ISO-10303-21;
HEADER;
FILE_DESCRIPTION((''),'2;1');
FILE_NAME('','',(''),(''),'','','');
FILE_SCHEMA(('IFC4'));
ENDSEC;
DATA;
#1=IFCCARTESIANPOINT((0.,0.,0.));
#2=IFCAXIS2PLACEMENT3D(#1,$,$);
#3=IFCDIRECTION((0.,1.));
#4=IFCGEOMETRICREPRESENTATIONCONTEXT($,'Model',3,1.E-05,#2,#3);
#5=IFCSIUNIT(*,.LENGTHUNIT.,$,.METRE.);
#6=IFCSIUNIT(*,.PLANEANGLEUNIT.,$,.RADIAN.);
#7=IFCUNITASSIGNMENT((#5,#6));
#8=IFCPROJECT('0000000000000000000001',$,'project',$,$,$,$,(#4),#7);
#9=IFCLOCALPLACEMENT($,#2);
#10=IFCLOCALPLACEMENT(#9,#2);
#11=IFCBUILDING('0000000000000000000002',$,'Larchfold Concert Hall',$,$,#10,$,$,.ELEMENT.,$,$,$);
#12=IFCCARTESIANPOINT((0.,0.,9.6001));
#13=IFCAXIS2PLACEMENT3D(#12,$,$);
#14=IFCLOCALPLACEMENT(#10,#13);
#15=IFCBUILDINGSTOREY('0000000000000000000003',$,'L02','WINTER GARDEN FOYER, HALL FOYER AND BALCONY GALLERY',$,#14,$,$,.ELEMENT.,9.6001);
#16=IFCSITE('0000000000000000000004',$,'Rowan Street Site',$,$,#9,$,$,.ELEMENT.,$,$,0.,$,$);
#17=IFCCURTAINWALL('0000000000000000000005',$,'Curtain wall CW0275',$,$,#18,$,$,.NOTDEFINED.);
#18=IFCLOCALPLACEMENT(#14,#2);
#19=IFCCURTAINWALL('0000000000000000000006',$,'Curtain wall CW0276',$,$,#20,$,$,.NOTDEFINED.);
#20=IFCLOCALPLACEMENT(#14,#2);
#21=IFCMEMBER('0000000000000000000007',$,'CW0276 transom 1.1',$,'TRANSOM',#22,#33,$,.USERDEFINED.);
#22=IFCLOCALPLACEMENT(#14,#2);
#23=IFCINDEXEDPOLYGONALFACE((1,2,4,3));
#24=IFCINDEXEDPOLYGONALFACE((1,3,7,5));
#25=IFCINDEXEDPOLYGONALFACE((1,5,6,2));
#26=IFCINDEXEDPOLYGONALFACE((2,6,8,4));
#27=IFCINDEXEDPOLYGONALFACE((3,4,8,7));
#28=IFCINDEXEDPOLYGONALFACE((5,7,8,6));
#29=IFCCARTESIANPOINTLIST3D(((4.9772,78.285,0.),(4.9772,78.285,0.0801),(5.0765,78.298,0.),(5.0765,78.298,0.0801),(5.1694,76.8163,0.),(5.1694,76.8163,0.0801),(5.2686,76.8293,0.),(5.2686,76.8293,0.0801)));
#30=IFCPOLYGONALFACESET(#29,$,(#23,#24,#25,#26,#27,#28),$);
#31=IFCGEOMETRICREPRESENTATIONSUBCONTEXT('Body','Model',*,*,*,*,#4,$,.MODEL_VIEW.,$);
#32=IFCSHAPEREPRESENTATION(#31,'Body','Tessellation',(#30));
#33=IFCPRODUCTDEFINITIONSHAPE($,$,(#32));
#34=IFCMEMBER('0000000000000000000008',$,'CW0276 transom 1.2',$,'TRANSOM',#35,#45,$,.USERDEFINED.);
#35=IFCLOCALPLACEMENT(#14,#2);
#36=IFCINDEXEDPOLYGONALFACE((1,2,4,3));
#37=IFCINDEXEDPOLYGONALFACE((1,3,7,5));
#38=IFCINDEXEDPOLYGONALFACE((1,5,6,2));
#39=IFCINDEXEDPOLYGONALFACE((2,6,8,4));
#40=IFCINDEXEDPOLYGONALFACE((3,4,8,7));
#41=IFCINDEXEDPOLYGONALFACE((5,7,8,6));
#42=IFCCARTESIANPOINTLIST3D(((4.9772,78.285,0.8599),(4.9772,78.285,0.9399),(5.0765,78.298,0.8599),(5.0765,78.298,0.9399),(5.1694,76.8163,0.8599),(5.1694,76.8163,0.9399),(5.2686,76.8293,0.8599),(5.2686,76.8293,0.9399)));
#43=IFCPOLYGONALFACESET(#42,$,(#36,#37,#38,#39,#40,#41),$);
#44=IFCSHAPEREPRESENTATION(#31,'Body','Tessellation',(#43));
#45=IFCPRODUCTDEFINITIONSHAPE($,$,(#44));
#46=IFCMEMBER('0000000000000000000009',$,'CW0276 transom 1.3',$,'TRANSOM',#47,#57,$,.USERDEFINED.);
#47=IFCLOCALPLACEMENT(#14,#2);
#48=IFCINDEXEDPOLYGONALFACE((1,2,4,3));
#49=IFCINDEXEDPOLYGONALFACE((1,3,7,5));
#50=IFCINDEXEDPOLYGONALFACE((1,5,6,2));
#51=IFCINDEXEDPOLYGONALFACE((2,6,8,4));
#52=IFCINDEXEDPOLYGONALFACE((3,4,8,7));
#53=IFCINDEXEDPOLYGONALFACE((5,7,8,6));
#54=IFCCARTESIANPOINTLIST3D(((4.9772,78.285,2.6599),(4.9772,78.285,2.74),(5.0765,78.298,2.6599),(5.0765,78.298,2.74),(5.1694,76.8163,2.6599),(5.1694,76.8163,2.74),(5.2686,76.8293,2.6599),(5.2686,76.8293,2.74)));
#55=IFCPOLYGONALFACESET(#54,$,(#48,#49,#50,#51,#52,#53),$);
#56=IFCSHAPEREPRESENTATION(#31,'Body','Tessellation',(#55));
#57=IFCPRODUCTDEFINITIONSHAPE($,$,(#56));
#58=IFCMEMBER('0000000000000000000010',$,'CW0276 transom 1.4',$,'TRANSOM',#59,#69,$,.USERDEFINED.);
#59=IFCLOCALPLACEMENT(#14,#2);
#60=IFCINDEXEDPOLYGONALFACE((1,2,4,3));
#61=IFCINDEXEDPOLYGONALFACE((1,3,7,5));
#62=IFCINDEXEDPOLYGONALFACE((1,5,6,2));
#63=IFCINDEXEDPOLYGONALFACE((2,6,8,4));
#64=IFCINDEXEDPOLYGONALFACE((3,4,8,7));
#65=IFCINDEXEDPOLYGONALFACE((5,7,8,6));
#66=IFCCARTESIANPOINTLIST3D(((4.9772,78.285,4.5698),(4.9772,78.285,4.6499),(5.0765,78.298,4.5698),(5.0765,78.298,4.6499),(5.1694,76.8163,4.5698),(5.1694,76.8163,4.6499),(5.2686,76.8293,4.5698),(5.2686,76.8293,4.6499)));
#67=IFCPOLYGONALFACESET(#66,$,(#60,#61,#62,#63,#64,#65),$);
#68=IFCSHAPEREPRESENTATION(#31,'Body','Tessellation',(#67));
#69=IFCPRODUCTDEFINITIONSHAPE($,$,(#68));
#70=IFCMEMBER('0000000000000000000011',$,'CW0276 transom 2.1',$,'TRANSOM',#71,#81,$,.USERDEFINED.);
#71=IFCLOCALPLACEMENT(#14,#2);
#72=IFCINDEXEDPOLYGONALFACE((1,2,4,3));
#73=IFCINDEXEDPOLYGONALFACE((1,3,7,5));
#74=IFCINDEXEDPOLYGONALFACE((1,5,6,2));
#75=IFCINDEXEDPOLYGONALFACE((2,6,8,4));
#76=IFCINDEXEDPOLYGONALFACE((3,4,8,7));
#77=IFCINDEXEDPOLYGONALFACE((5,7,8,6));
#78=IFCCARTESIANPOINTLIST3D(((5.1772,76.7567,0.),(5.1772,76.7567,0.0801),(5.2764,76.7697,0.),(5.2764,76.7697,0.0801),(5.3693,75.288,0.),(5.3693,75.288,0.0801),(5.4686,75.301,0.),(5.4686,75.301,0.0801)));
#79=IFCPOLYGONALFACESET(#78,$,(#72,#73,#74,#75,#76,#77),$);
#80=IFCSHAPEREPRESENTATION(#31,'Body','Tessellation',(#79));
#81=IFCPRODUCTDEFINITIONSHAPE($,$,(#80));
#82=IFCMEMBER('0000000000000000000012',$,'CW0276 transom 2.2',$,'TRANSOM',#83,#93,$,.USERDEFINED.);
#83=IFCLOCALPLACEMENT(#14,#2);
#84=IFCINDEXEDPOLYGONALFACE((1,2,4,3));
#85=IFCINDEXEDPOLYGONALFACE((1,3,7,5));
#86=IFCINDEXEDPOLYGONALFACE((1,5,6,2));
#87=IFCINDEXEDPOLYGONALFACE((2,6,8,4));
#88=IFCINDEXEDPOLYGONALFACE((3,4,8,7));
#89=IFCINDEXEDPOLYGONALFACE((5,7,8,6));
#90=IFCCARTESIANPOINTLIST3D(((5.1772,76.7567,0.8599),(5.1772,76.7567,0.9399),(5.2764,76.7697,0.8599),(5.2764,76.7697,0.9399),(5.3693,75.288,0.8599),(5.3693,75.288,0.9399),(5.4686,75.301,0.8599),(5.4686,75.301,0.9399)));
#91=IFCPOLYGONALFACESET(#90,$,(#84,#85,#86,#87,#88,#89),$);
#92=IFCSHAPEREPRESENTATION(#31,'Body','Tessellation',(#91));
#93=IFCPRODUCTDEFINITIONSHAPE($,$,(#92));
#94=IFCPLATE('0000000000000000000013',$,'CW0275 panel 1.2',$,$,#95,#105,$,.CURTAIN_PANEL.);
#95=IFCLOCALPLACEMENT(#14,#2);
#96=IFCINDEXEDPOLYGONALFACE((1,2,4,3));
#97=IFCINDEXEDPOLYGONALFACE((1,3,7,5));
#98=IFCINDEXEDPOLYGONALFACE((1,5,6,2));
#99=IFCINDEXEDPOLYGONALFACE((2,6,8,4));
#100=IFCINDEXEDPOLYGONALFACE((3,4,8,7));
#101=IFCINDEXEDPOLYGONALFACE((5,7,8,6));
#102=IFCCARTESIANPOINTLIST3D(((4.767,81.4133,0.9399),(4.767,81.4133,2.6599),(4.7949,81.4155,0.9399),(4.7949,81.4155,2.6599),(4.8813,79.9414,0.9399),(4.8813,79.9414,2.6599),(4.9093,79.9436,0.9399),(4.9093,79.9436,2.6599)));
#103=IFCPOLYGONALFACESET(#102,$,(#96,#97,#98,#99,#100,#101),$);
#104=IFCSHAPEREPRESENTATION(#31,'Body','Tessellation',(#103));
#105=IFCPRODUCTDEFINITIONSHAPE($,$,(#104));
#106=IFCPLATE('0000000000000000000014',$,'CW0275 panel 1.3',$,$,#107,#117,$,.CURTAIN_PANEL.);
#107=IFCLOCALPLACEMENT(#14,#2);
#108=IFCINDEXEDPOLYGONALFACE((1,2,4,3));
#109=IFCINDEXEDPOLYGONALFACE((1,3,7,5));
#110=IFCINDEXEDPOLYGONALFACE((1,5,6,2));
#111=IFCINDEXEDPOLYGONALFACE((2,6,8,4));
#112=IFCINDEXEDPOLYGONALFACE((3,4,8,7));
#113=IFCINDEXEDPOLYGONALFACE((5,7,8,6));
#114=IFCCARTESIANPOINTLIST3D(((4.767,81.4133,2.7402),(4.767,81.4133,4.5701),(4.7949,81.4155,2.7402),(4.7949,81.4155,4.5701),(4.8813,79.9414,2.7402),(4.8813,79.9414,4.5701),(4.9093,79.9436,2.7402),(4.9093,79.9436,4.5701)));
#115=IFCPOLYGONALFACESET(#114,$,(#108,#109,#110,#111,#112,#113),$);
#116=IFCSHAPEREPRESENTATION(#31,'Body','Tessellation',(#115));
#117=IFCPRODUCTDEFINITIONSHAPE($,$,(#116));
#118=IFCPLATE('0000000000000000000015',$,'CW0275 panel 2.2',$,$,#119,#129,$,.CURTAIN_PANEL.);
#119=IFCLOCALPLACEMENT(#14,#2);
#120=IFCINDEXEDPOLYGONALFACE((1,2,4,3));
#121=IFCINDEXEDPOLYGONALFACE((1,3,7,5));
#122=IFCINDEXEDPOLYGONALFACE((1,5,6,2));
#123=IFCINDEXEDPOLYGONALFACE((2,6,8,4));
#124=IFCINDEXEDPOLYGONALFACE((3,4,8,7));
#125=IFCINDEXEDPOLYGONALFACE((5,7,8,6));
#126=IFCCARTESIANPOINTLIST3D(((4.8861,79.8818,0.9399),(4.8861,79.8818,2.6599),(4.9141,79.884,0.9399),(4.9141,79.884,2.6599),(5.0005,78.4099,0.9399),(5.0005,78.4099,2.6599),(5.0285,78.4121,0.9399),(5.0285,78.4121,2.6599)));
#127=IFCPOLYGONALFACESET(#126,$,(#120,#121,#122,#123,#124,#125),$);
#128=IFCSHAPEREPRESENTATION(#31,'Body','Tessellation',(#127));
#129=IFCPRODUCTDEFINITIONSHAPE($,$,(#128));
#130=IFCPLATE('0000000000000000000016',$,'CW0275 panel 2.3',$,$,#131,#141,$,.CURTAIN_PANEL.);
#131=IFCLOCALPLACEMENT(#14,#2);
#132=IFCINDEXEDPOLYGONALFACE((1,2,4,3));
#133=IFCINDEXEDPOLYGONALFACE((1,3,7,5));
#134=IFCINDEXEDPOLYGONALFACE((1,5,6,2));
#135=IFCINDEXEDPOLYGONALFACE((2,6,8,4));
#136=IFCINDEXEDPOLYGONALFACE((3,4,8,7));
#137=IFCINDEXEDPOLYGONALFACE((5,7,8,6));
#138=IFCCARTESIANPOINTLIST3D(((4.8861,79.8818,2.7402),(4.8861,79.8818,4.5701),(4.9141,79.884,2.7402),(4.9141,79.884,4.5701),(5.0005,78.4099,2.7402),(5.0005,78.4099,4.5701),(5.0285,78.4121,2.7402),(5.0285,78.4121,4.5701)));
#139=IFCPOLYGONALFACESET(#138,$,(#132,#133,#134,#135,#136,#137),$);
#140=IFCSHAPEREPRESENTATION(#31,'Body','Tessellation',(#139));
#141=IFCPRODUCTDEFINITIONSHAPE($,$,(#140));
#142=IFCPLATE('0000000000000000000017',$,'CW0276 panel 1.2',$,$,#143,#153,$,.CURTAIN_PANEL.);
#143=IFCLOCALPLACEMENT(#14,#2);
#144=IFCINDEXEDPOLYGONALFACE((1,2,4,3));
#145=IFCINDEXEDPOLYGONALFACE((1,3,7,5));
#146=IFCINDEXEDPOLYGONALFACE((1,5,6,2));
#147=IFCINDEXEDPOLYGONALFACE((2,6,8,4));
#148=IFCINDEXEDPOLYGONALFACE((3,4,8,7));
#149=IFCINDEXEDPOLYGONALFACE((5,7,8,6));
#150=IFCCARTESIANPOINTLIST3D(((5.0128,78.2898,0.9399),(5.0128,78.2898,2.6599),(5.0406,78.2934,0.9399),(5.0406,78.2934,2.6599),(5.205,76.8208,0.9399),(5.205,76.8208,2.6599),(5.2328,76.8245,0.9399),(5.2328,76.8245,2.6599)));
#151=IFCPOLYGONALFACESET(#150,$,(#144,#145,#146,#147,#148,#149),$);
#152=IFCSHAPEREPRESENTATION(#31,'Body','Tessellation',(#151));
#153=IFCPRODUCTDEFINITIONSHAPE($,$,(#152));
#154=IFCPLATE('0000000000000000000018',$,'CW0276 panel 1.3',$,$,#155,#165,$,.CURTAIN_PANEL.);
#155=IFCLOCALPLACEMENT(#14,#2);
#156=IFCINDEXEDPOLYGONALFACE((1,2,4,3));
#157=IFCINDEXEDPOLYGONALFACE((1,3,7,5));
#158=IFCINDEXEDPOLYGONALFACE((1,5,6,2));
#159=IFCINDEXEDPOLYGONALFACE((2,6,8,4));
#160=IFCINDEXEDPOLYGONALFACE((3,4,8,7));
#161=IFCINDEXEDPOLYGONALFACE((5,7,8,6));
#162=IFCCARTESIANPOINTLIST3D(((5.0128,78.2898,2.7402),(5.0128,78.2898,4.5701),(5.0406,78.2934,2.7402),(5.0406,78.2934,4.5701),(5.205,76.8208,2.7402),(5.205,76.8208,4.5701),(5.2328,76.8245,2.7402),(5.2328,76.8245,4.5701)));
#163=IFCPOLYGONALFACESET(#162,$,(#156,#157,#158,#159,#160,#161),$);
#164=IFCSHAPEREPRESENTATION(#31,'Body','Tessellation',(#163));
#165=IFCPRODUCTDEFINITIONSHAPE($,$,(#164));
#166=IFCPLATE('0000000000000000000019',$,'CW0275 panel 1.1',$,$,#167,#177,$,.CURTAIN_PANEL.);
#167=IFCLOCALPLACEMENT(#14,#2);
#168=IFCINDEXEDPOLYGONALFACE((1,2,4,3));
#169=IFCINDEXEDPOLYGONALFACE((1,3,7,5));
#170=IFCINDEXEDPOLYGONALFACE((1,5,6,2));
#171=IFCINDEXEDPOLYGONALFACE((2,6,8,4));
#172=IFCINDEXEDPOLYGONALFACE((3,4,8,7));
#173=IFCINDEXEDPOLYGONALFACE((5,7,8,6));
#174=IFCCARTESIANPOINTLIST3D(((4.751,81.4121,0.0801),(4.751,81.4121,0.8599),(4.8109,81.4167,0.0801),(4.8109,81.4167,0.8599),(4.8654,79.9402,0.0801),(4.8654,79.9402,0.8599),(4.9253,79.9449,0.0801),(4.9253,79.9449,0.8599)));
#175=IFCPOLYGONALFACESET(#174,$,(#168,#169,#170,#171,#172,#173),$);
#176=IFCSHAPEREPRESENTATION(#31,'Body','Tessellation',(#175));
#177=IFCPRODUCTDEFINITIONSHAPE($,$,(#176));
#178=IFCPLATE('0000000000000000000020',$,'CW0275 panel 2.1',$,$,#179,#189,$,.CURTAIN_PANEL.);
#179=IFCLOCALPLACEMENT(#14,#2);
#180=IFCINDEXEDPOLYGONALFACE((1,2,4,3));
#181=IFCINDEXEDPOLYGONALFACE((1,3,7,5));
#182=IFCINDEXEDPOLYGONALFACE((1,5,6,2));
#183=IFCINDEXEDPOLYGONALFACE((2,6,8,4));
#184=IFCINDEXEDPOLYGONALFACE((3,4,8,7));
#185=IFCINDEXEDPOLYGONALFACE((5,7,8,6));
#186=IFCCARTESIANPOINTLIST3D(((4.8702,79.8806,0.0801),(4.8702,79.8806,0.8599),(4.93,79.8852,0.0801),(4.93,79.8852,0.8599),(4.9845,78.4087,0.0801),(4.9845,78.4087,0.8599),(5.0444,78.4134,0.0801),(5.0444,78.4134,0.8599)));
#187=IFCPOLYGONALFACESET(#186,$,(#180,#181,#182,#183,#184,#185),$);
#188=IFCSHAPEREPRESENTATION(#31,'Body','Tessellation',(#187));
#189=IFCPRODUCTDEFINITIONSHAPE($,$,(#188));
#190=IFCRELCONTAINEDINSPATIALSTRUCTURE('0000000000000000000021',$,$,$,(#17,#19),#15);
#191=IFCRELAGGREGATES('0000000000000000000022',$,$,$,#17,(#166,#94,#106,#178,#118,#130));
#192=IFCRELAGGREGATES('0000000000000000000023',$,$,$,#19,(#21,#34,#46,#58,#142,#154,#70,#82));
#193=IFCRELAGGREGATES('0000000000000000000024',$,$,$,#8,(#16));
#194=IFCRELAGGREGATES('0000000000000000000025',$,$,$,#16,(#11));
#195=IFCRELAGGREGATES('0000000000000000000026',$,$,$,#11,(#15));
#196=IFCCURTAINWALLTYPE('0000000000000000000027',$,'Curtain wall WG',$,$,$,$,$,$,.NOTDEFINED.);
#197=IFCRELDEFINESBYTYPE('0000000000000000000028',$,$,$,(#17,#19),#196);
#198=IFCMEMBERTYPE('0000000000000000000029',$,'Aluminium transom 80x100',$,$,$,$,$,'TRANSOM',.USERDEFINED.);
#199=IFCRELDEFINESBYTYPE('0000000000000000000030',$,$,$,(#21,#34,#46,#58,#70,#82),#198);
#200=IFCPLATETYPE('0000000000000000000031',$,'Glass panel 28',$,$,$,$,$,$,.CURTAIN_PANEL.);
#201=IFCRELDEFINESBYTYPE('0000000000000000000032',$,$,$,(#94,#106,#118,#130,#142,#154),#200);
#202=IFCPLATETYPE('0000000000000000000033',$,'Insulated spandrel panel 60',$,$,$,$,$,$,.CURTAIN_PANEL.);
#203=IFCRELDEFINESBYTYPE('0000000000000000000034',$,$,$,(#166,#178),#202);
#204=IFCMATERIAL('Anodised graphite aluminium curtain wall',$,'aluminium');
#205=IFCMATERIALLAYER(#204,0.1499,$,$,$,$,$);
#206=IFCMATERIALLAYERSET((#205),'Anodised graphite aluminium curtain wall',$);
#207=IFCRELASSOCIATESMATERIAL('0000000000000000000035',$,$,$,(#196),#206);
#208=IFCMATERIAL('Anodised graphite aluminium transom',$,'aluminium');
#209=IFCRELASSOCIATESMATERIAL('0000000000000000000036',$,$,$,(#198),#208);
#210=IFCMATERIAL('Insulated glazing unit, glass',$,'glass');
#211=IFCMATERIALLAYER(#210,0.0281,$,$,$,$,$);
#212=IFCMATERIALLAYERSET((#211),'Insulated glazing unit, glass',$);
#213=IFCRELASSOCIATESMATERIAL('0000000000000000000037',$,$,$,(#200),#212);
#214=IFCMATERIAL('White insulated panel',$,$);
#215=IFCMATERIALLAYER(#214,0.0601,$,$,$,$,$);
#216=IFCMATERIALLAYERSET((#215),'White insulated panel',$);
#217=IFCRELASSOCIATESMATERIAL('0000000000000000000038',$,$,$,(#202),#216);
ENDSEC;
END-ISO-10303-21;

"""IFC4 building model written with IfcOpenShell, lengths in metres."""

from ifc_helpers import new_model, si_unit, direction, frame, origin, origin_2d, place, context, subcontext, project, spatial, rectangle, extrude, material, layer, layer_set, material_profile, profile_set, type_object, element, aggregate, save


model = new_model("IFC4")

# Units and contexts
model_context = context("Model", 3, precision=1e-05, world=origin(), true_north=direction((0.0, 1.0)))
body_context = subcontext(model_context, "Body", "Model", "MODEL_VIEW")
ifc_project = project(units=[si_unit("LENGTHUNIT", "METRE"), si_unit("PLANEANGLEUNIT", "RADIAN")], contexts=[model_context])

# Site, building, storey
site_placement = place(None, origin())
site = spatial("IfcSite", under=ifc_project, at=site_placement, Name="Rowan Street Site", CompositionType="ELEMENT", RefElevation=0.0)
building_placement = place(site_placement, origin())
building = spatial("IfcBuilding", under=site, at=building_placement, Name="Larchfold Concert Hall", CompositionType="ELEMENT")
storey_placement = place(building_placement, frame((0.0, 0.0, 9.6001)))
storey = spatial("IfcBuildingStorey", under=building, at=storey_placement, Name="L02", Description="WINTER GARDEN FOYER, HALL FOYER AND BALCONY GALLERY", CompositionType="ELEMENT", Elevation=9.6001)

# Shared definitions
ifc_material_1 = material(Name="Anodised graphite aluminium curtain wall", Category="aluminium")
ifc_layer_1 = layer(ifc_material_1, 0.1499)
ifc_layer_set_1 = layer_set([ifc_layer_1], Name="Anodised graphite aluminium curtain wall")
curtain_wall_type = type_object("IfcCurtainWallType", Name="Curtain wall WG", PredefinedType="NOTDEFINED", material=ifc_layer_set_1)

# Curtain walls
curtain_wall_1_placement = place(storey_placement, origin())
curtain_wall_1 = element("IfcCurtainWall", 1, at=curtain_wall_1_placement, inside=storey, type_object=curtain_wall_type, Name="Curtain wall CW0275", PredefinedType="NOTDEFINED")
curtain_wall_2_placement = place(storey_placement, origin())
curtain_wall_2 = element("IfcCurtainWall", 2, at=curtain_wall_2_placement, inside=storey, type_object=curtain_wall_type, Name="Curtain wall CW0276", PredefinedType="NOTDEFINED")

# Members
ifc_material_2 = material(Name="Anodised graphite aluminium transom", Category="aluminium")
ifc_material_profile_1 = material_profile(ifc_material_2, rectangle(XDim=0.1001, YDim=0.0801, at=origin_2d()))
ifc_profile_set_1 = profile_set([ifc_material_profile_1], Name="Anodised graphite aluminium transom")
member_type_1 = type_object("IfcMemberType", Name="Aluminium transom 80x100", ElementType="TRANSOM", PredefinedType="USERDEFINED", material=ifc_profile_set_1)
member_1_placement = place(storey_placement, frame((5.0269, 78.2915, 0.04), z_axis=(0.129713, -0.991552, 0.0), x_axis=(0.991552, 0.129713, 0.0)))
member_1 = element("IfcMember", 3, at=member_1_placement, type_object=member_type_1, Name="CW0276 transom 1.1", ObjectType="TRANSOM", PredefinedType="USERDEFINED", context=body_context, shape_type="SweptSolid", body=[
    extrude(rectangle(XDim=0.1001, YDim=0.0801, at=origin_2d()), origin(), (0.0, 0.0, 1.0), 1.4812),
])
member_2_placement = place(storey_placement, frame((5.0269, 78.2915, 0.8999), z_axis=(0.129713, -0.991552, 0.0), x_axis=(0.991552, 0.129713, 0.0)))
member_2 = element("IfcMember", 4, at=member_2_placement, type_object=member_type_1, Name="CW0276 transom 1.2", ObjectType="TRANSOM", PredefinedType="USERDEFINED", context=body_context, shape_type="SweptSolid", body=[
    extrude(rectangle(XDim=0.1001, YDim=0.0801, at=origin_2d()), origin(), (0.0, 0.0, 1.0), 1.4812),
])
member_3_placement = place(storey_placement, frame((5.0269, 78.2915, 2.7), z_axis=(0.129713, -0.991552, 0.0), x_axis=(0.991552, 0.129713, 0.0)))
member_3 = element("IfcMember", 5, at=member_3_placement, type_object=member_type_1, Name="CW0276 transom 1.3", ObjectType="TRANSOM", PredefinedType="USERDEFINED", context=body_context, shape_type="SweptSolid", body=[
    extrude(rectangle(XDim=0.1001, YDim=0.0801, at=origin_2d()), origin(), (0.0, 0.0, 1.0), 1.4812),
])
member_4_placement = place(storey_placement, frame((5.0269, 78.2915, 4.6099), z_axis=(0.129713, -0.991552, 0.0), x_axis=(0.991552, 0.129713, 0.0)))
member_4 = element("IfcMember", 6, at=member_4_placement, type_object=member_type_1, Name="CW0276 transom 1.4", ObjectType="TRANSOM", PredefinedType="USERDEFINED", context=body_context, shape_type="SweptSolid", body=[
    extrude(rectangle(XDim=0.1001, YDim=0.0801, at=origin_2d()), origin(), (0.0, 0.0, 1.0), 1.4812),
])
member_5_placement = place(storey_placement, frame((5.2268, 76.7632, 0.04), z_axis=(0.129713, -0.991552, 0.0), x_axis=(0.991552, 0.129713, 0.0)))
member_5 = element("IfcMember", 7, at=member_5_placement, type_object=member_type_1, Name="CW0276 transom 2.1", ObjectType="TRANSOM", PredefinedType="USERDEFINED", context=body_context, shape_type="SweptSolid", body=[
    extrude(rectangle(XDim=0.1001, YDim=0.0801, at=origin_2d()), origin(), (0.0, 0.0, 1.0), 1.4812),
])
member_6_placement = place(storey_placement, frame((5.2268, 76.7632, 0.8999), z_axis=(0.129713, -0.991552, 0.0), x_axis=(0.991552, 0.129713, 0.0)))
member_6 = element("IfcMember", 8, at=member_6_placement, type_object=member_type_1, Name="CW0276 transom 2.2", ObjectType="TRANSOM", PredefinedType="USERDEFINED", context=body_context, shape_type="SweptSolid", body=[
    extrude(rectangle(XDim=0.1001, YDim=0.0801, at=origin_2d()), origin(), (0.0, 0.0, 1.0), 1.4812),
])

# Plates
ifc_material_3 = material(Name="Insulated glazing unit, glass", Category="glass")
ifc_layer_2 = layer(ifc_material_3, 0.0281)
ifc_layer_set_2 = layer_set([ifc_layer_2], Name="Insulated glazing unit, glass")
plate_type_1 = type_object("IfcPlateType", Name="Glass panel 28", PredefinedType="CURTAIN_PANEL", material=ifc_layer_set_2)
plate_1_placement = place(storey_placement, frame((4.8381, 80.6785, 0.9399), z_axis=(0.0, 0.0, 1.0), x_axis=(0.077465, -0.996995, 0.0)))
plate_1 = element("IfcPlate", 9, at=plate_1_placement, type_object=plate_type_1, Name="CW0275 panel 1.2", PredefinedType="CURTAIN_PANEL", context=body_context, shape_type="SweptSolid", body=[
    extrude(rectangle(XDim=1.4763, YDim=0.0281, at=origin_2d()), origin(), (0.0, 0.0, 1.0), 1.72),
])
plate_2_placement = place(storey_placement, frame((4.8381, 80.6785, 2.7402), z_axis=(0.0, 0.0, 1.0), x_axis=(0.077465, -0.996995, 0.0)))
plate_2 = element("IfcPlate", 10, at=plate_2_placement, type_object=plate_type_1, Name="CW0275 panel 1.3", PredefinedType="CURTAIN_PANEL", context=body_context, shape_type="SweptSolid", body=[
    extrude(rectangle(XDim=1.4763, YDim=0.0281, at=origin_2d()), origin(), (0.0, 0.0, 1.0), 1.8298),
])
plate_3_placement = place(storey_placement, frame((4.9573, 79.147, 0.9399), z_axis=(0.0, 0.0, 1.0), x_axis=(0.077465, -0.996995, 0.0)))
plate_3 = element("IfcPlate", 11, at=plate_3_placement, type_object=plate_type_1, Name="CW0275 panel 2.2", PredefinedType="CURTAIN_PANEL", context=body_context, shape_type="SweptSolid", body=[
    extrude(rectangle(XDim=1.4763, YDim=0.0281, at=origin_2d()), origin(), (0.0, 0.0, 1.0), 1.72),
])
plate_4_placement = place(storey_placement, frame((4.9573, 79.147, 2.7402), z_axis=(0.0, 0.0, 1.0), x_axis=(0.077465, -0.996995, 0.0)))
plate_4 = element("IfcPlate", 12, at=plate_4_placement, type_object=plate_type_1, Name="CW0275 panel 2.3", PredefinedType="CURTAIN_PANEL", context=body_context, shape_type="SweptSolid", body=[
    extrude(rectangle(XDim=1.4763, YDim=0.0281, at=origin_2d()), origin(), (0.0, 0.0, 1.0), 1.8298),
])
plate_5_placement = place(storey_placement, frame((5.1228, 77.5571, 0.9399), z_axis=(0.0, 0.0, 1.0), x_axis=(0.129731, -0.991549, 0.0)))
plate_5 = element("IfcPlate", 13, at=plate_5_placement, type_object=plate_type_1, Name="CW0276 panel 1.2", PredefinedType="CURTAIN_PANEL", context=body_context, shape_type="SweptSolid", body=[
    extrude(rectangle(XDim=1.4814, YDim=0.0281, at=origin_2d()), origin(), (0.0, 0.0, 1.0), 1.72),
])
plate_6_placement = place(storey_placement, frame((5.1228, 77.5571, 2.7402), z_axis=(0.0, 0.0, 1.0), x_axis=(0.129731, -0.991549, 0.0)))
plate_6 = element("IfcPlate", 14, at=plate_6_placement, type_object=plate_type_1, Name="CW0276 panel 1.3", PredefinedType="CURTAIN_PANEL", context=body_context, shape_type="SweptSolid", body=[
    extrude(rectangle(XDim=1.4814, YDim=0.0281, at=origin_2d()), origin(), (0.0, 0.0, 1.0), 1.8298),
])
ifc_material_4 = material(Name="White insulated panel")
ifc_layer_3 = layer(ifc_material_4, 0.0601)
ifc_layer_set_3 = layer_set([ifc_layer_3], Name="White insulated panel")
plate_type_2 = type_object("IfcPlateType", Name="Insulated spandrel panel 60", PredefinedType="CURTAIN_PANEL", material=ifc_layer_set_3)
plate_7_placement = place(storey_placement, frame((4.8381, 80.6785, 0.0801), z_axis=(0.0, 0.0, 1.0), x_axis=(0.077465, -0.996995, 0.0)))
plate_7 = element("IfcPlate", 15, at=plate_7_placement, type_object=plate_type_2, Name="CW0275 panel 1.1", PredefinedType="CURTAIN_PANEL", context=body_context, shape_type="SweptSolid", body=[
    extrude(rectangle(XDim=1.4763, YDim=0.0601, at=origin_2d()), origin(), (0.0, 0.0, 1.0), 0.7798),
])
plate_8_placement = place(storey_placement, frame((4.9573, 79.147, 0.0801), z_axis=(0.0, 0.0, 1.0), x_axis=(0.077465, -0.996995, 0.0)))
plate_8 = element("IfcPlate", 16, at=plate_8_placement, type_object=plate_type_2, Name="CW0275 panel 2.1", PredefinedType="CURTAIN_PANEL", context=body_context, shape_type="SweptSolid", body=[
    extrude(rectangle(XDim=1.4763, YDim=0.0601, at=origin_2d()), origin(), (0.0, 0.0, 1.0), 0.7798),
])
aggregate(curtain_wall_1, [plate_7, plate_1, plate_2, plate_8, plate_3, plate_4])
aggregate(curtain_wall_2, [member_1, member_2, member_3, member_4, plate_5, plate_6, member_5, member_6])

save(model, "model.ifc")
